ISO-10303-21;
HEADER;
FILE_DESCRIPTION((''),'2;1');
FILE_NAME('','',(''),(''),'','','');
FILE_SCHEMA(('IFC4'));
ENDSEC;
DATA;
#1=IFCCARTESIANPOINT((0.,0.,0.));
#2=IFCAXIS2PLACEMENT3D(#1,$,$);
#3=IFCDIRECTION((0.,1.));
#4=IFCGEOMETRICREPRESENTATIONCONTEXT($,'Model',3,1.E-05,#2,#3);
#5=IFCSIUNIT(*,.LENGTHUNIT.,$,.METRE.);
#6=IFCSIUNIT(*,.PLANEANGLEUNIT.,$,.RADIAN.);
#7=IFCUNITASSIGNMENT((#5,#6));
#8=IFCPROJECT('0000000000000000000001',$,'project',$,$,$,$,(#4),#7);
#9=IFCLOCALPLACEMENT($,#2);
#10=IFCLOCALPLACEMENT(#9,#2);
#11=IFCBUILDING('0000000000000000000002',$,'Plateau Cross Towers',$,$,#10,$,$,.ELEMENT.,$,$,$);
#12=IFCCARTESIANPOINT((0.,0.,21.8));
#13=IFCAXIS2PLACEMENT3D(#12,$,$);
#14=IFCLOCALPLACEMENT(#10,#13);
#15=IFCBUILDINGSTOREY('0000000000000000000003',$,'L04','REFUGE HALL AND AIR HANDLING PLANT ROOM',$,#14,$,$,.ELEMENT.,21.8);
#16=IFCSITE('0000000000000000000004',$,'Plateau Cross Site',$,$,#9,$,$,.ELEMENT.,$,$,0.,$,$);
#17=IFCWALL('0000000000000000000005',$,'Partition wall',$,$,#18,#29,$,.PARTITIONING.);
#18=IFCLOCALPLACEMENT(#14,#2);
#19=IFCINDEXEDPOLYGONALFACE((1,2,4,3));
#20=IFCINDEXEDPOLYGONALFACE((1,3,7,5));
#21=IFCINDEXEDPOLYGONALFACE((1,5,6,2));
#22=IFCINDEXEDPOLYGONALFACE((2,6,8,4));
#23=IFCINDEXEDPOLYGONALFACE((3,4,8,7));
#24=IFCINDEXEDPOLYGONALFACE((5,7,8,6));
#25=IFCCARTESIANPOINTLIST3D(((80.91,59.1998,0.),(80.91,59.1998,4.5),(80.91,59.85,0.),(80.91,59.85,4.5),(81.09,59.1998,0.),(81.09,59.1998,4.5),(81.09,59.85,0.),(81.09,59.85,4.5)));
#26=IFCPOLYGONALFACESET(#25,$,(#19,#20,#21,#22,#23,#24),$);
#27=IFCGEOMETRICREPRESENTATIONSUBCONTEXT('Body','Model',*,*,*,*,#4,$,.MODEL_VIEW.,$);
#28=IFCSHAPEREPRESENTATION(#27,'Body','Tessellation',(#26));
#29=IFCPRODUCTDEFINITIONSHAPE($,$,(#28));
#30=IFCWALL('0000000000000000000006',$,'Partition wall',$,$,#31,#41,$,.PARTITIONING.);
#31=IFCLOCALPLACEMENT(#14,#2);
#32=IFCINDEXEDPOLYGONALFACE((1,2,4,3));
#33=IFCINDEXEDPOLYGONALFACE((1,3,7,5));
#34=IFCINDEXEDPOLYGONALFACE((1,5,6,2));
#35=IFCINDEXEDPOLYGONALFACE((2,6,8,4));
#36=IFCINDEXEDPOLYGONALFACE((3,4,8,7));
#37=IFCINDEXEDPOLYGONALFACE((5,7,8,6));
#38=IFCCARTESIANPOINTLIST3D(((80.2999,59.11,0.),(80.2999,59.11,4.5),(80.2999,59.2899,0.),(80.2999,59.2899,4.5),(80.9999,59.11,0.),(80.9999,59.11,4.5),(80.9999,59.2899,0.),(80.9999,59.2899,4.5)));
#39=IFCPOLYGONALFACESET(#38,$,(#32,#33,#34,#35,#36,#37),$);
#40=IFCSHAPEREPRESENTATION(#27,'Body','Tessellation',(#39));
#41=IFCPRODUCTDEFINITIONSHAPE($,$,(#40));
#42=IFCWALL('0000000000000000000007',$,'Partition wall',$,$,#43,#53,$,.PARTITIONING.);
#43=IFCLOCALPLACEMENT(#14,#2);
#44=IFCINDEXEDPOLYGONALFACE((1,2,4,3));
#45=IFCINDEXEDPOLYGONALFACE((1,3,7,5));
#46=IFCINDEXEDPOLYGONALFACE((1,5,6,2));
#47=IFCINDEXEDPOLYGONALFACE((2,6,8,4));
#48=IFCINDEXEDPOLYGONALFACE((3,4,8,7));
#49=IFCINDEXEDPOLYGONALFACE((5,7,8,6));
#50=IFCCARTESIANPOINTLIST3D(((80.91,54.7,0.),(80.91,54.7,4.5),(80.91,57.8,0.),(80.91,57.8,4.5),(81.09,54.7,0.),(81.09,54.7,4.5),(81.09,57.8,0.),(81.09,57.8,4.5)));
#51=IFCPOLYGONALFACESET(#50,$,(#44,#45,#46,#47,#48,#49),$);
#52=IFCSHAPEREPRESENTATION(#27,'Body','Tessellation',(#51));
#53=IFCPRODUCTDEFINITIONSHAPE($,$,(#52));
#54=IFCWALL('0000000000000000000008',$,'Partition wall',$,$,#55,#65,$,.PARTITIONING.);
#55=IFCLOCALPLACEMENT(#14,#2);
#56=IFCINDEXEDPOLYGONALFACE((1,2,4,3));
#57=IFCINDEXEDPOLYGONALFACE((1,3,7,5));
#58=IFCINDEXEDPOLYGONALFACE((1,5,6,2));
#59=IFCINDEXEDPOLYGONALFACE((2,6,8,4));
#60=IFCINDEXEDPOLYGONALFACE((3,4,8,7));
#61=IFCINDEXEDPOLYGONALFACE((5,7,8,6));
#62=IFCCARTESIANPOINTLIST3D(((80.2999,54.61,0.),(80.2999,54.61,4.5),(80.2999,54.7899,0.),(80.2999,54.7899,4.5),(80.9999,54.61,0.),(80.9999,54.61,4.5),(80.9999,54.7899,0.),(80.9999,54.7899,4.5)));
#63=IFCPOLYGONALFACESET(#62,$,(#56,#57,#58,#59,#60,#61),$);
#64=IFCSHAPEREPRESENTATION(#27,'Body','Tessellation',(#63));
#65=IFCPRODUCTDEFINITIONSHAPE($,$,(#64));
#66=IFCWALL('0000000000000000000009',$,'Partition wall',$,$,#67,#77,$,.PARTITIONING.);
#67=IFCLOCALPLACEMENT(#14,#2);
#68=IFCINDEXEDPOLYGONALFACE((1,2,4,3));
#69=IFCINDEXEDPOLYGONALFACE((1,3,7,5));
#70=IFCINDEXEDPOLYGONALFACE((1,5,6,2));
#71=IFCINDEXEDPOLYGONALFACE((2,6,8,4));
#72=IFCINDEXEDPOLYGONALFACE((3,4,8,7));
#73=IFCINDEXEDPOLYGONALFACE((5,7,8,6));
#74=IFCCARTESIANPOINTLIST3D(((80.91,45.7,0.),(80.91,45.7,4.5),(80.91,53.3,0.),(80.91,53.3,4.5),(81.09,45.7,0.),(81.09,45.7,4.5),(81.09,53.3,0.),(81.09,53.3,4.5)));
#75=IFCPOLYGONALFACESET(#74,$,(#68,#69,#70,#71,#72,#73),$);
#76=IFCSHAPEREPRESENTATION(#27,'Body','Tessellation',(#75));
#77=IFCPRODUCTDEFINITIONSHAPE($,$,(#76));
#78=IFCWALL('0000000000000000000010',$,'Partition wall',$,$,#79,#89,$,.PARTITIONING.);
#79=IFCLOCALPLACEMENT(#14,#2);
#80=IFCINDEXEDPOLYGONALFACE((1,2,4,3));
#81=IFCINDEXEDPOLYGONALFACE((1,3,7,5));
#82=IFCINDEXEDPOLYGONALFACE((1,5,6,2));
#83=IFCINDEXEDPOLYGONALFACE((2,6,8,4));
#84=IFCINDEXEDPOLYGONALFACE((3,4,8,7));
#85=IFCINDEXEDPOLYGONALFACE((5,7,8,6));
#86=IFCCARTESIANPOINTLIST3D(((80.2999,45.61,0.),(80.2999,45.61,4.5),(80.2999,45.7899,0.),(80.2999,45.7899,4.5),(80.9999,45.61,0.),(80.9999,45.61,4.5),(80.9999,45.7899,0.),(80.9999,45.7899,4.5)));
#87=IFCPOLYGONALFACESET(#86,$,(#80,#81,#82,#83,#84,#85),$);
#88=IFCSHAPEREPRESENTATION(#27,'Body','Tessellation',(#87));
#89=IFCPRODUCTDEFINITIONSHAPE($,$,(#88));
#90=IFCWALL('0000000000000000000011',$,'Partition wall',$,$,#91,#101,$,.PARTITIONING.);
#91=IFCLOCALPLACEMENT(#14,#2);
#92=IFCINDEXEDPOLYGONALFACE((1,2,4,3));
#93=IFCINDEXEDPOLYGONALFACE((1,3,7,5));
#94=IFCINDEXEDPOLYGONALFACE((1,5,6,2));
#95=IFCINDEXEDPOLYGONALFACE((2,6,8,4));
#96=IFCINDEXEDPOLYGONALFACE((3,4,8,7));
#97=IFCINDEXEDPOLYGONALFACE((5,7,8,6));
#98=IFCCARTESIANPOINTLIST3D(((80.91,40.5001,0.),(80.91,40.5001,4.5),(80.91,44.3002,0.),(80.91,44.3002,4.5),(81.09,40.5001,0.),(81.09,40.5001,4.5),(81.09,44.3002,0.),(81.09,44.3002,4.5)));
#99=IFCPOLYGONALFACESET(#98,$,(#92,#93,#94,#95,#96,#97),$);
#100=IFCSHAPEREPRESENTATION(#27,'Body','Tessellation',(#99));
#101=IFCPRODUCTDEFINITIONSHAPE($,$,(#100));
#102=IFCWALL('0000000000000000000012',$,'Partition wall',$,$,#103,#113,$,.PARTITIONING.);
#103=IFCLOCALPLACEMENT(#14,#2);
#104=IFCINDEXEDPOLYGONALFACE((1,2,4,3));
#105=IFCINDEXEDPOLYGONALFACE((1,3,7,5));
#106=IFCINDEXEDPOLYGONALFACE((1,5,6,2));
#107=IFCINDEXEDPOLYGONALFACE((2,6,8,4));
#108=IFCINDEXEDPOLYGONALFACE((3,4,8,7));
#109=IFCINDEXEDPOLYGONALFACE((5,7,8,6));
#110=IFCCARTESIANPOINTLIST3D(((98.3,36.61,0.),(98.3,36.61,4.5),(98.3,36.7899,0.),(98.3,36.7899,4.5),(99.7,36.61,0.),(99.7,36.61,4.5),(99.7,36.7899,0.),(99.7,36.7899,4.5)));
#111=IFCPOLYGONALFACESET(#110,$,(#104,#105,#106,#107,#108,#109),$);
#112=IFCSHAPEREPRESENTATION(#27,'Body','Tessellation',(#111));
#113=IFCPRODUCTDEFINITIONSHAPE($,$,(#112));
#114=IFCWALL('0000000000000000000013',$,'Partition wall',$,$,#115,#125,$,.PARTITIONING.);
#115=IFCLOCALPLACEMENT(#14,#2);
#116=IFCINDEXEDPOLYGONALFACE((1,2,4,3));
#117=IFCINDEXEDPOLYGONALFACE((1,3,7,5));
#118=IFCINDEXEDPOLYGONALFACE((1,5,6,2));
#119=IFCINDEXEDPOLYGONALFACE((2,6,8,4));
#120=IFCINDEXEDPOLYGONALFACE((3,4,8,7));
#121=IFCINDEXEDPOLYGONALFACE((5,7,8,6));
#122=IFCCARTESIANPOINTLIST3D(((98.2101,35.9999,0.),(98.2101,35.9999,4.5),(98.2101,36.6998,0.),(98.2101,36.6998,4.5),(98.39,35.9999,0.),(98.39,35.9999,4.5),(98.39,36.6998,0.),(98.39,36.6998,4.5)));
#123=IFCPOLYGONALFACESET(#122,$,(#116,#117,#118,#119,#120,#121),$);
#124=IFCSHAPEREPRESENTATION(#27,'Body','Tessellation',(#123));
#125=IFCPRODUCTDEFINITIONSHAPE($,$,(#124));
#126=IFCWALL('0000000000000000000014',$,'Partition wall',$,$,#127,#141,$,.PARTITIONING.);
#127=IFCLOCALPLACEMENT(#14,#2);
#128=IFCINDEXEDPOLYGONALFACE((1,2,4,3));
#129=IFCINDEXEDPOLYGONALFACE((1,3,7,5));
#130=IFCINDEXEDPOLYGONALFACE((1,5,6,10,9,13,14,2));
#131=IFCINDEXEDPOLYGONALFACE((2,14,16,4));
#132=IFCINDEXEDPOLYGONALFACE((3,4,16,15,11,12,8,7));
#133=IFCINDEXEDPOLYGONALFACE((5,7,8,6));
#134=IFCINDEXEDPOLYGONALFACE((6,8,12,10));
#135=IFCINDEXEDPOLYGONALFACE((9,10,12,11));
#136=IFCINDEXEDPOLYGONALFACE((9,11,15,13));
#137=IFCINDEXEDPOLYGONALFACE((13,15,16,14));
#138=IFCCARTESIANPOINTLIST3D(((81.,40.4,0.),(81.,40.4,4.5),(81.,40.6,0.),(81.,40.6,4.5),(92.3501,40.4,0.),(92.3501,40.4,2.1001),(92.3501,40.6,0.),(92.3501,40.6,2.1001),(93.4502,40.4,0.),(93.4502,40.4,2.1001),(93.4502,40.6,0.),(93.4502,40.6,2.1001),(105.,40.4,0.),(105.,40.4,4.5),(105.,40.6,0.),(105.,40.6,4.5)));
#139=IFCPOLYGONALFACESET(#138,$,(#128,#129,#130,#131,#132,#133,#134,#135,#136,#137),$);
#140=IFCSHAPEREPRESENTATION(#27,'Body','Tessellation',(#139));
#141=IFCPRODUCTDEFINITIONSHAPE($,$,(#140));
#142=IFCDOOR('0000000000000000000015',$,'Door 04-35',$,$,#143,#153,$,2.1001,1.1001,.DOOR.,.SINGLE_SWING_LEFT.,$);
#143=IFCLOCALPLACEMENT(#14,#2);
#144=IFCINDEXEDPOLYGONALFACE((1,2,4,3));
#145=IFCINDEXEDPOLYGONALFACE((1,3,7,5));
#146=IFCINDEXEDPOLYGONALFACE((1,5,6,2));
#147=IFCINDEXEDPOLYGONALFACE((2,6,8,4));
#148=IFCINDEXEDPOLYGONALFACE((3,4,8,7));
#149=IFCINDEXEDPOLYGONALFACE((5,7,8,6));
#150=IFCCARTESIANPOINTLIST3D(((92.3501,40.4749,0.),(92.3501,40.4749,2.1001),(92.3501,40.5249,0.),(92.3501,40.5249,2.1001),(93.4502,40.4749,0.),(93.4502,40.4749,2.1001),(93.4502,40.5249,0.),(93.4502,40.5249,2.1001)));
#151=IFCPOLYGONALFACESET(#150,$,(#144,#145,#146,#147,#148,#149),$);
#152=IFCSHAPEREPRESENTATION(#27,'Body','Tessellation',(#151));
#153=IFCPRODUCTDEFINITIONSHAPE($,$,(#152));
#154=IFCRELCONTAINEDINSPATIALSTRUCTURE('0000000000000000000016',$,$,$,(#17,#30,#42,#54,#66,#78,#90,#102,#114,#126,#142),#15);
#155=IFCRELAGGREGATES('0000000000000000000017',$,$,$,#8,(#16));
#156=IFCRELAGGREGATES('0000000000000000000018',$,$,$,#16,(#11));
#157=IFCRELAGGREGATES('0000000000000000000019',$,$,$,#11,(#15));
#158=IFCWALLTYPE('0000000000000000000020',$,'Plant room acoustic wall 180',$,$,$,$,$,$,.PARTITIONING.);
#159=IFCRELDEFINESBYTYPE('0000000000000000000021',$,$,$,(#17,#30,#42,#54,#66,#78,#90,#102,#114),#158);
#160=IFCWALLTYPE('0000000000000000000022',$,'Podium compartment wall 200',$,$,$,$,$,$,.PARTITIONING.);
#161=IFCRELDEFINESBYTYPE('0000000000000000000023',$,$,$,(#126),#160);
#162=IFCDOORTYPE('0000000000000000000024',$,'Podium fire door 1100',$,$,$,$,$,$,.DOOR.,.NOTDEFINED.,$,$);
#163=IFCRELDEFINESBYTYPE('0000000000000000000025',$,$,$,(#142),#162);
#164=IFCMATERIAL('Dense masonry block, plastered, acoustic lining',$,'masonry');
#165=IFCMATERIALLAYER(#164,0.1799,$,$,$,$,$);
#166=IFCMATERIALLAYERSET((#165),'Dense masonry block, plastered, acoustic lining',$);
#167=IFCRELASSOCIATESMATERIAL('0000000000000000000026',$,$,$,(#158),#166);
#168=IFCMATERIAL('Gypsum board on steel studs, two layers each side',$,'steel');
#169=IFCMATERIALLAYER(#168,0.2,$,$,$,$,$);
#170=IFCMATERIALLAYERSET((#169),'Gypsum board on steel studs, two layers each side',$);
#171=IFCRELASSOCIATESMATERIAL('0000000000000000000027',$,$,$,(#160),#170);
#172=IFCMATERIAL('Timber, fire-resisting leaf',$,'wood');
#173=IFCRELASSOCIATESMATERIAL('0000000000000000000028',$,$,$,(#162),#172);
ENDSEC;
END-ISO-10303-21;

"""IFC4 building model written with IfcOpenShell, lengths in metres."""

from ifc_helpers import new_model, si_unit, direction, frame, frame_2d, origin, place, context, subcontext, project, spatial, rectangle, extrude, material, layer, layer_set, type_object, element, fill, save


model = new_model("IFC4")

# Units and contexts
model_context = context("Model", 3, precision=1e-05, world=origin(), true_north=direction((0.0, 1.0)))
body_context = subcontext(model_context, "Body", "Model", "MODEL_VIEW")
ifc_project = project(units=[si_unit("LENGTHUNIT", "METRE"), si_unit("PLANEANGLEUNIT", "RADIAN")], contexts=[model_context])

# Site, building, storey
site_placement = place(None, origin())
site = spatial("IfcSite", under=ifc_project, at=site_placement, Name="Plateau Cross Site", CompositionType="ELEMENT", RefElevation=0.0)
building_placement = place(site_placement, origin())
building = spatial("IfcBuilding", under=site, at=building_placement, Name="Plateau Cross Towers", CompositionType="ELEMENT")
storey_placement = place(building_placement, frame((0.0, 0.0, 21.8)))
storey = spatial("IfcBuildingStorey", under=building, at=storey_placement, Name="L04", Description="REFUGE HALL AND AIR HANDLING PLANT ROOM", CompositionType="ELEMENT", Elevation=21.8)

# Walls
ifc_material_1 = material(Name="Dense masonry block, plastered, acoustic lining", Category="masonry")
ifc_layer_1 = layer(ifc_material_1, 0.1799)
ifc_layer_set_1 = layer_set([ifc_layer_1], Name="Dense masonry block, plastered, acoustic lining")
wall_type_1 = type_object("IfcWallType", Name="Plant room acoustic wall 180", PredefinedType="PARTITIONING", material=ifc_layer_set_1)
wall_1_placement = place(storey_placement, frame((81.0, 59.8501, 0.0), z_axis=(0.0, 0.0, 1.0), x_axis=(0.0, -1.0, 0.0)))
element("IfcWall", 1, at=wall_1_placement, inside=storey, type_object=wall_type_1, Name="Partition wall", PredefinedType="PARTITIONING", context=body_context, shape_type="SweptSolid", body=[
    extrude(rectangle(XDim=0.6501, YDim=0.1799, at=frame_2d((0.3252, 0.0))), origin(), (0.0, 0.0, 1.0), 4.5),
])
wall_2_placement = place(storey_placement, frame((81.0, 59.2, 0.0), z_axis=(0.0, 0.0, 1.0), x_axis=(-1.0, 0.0, 0.0)))
element("IfcWall", 2, at=wall_2_placement, inside=storey, type_object=wall_type_1, Name="Partition wall", PredefinedType="PARTITIONING", context=body_context, shape_type="SweptSolid", body=[
    extrude(rectangle(XDim=0.7, YDim=0.1799, at=frame_2d((0.3501, 0.0))), origin(), (0.0, 0.0, 1.0), 4.5),
])
wall_3_placement = place(storey_placement, frame((81.0, 57.8, 0.0), z_axis=(0.0, 0.0, 1.0), x_axis=(0.0, -1.0, 0.0)))
element("IfcWall", 3, at=wall_3_placement, inside=storey, type_object=wall_type_1, Name="Partition wall", PredefinedType="PARTITIONING", context=body_context, shape_type="SweptSolid", body=[
    extrude(rectangle(XDim=3.1001, YDim=0.1799, at=frame_2d((1.55, 0.0))), origin(), (0.0, 0.0, 1.0), 4.5),
])
wall_4_placement = place(storey_placement, frame((81.0, 54.7, 0.0), z_axis=(0.0, 0.0, 1.0), x_axis=(-1.0, 0.0, 0.0)))
element("IfcWall", 4, at=wall_4_placement, inside=storey, type_object=wall_type_1, Name="Partition wall", PredefinedType="PARTITIONING", context=body_context, shape_type="SweptSolid", body=[
    extrude(rectangle(XDim=0.7, YDim=0.1799, at=frame_2d((0.3501, 0.0))), origin(), (0.0, 0.0, 1.0), 4.5),
])
wall_5_placement = place(storey_placement, frame((81.0, 53.3, 0.0), z_axis=(0.0, 0.0, 1.0), x_axis=(0.0, -1.0, 0.0)))
element("IfcWall", 5, at=wall_5_placement, inside=storey, type_object=wall_type_1, Name="Partition wall", PredefinedType="PARTITIONING", context=body_context, shape_type="SweptSolid", body=[
    extrude(rectangle(XDim=7.6001, YDim=0.1799, at=frame_2d((3.8, 0.0))), origin(), (0.0, 0.0, 1.0), 4.5),
])
wall_6_placement = place(storey_placement, frame((81.0, 45.7, 0.0), z_axis=(0.0, 0.0, 1.0), x_axis=(-1.0, 0.0, 0.0)))
element("IfcWall", 6, at=wall_6_placement, inside=storey, type_object=wall_type_1, Name="Partition wall", PredefinedType="PARTITIONING", context=body_context, shape_type="SweptSolid", body=[
    extrude(rectangle(XDim=0.7, YDim=0.1799, at=frame_2d((0.3501, 0.0))), origin(), (0.0, 0.0, 1.0), 4.5),
])
wall_7_placement = place(storey_placement, frame((81.0, 44.3, 0.0), z_axis=(0.0, 0.0, 1.0), x_axis=(0.0, -1.0, 0.0)))
element("IfcWall", 7, at=wall_7_placement, inside=storey, type_object=wall_type_1, Name="Partition wall", PredefinedType="PARTITIONING", context=body_context, shape_type="SweptSolid", body=[
    extrude(rectangle(XDim=3.8, YDim=0.1799, at=frame_2d((1.8999, 0.0))), origin(), (0.0, 0.0, 1.0), 4.5),
])
wall_8_placement = place(storey_placement, frame((99.7, 36.7, 0.0), z_axis=(0.0, 0.0, 1.0), x_axis=(-1.0, 0.0, 0.0)))
element("IfcWall", 8, at=wall_8_placement, inside=storey, type_object=wall_type_1, Name="Partition wall", PredefinedType="PARTITIONING", context=body_context, shape_type="SweptSolid", body=[
    extrude(rectangle(XDim=1.3999, YDim=0.1799, at=frame_2d((0.7, 0.0))), origin(), (0.0, 0.0, 1.0), 4.5),
])
wall_9_placement = place(storey_placement, frame((98.3, 36.7, 0.0), z_axis=(0.0, 0.0, 1.0), x_axis=(0.0, -1.0, 0.0)))
element("IfcWall", 9, at=wall_9_placement, inside=storey, type_object=wall_type_1, Name="Partition wall", PredefinedType="PARTITIONING", context=body_context, shape_type="SweptSolid", body=[
    extrude(rectangle(XDim=0.7, YDim=0.1799, at=frame_2d((0.3501, 0.0))), origin(), (0.0, 0.0, 1.0), 4.5),
])

# Wall, opening, door
ifc_material_2 = material(Name="Gypsum board on steel studs, two layers each side", Category="steel")
ifc_layer_2 = layer(ifc_material_2, 0.2)
ifc_layer_set_2 = layer_set([ifc_layer_2], Name="Gypsum board on steel studs, two layers each side")
wall_type_2 = type_object("IfcWallType", Name="Podium compartment wall 200", PredefinedType="PARTITIONING", material=ifc_layer_set_2)
wall_10_placement = place(storey_placement, frame((81.0, 40.5, 0.0), z_axis=(0.0, 0.0, 1.0), x_axis=(1.0, 0.0, 0.0)))
wall_10 = element("IfcWall", 10, at=wall_10_placement, inside=storey, type_object=wall_type_2, Name="Partition wall", PredefinedType="PARTITIONING", context=body_context, shape_type="SweptSolid", body=[
    extrude(rectangle(XDim=24.0, YDim=0.2, at=frame_2d((12.0, 0.0))), origin(), (0.0, 0.0, 1.0), 4.5),
])
opening_placement = place(wall_10_placement, frame((11.3501, 0.0, 0.0)))
opening = element("IfcOpeningElement", 11, at=opening_placement, cuts=wall_10, PredefinedType="OPENING", context=body_context, shape_type="SweptSolid", body=[
    extrude(rectangle(XDim=1.1001, YDim=2.1001, at=frame_2d((0.55, 1.05))), frame((0.0, 0.1099, 0.0), z_axis=(0.0, -1.0, 0.0), x_axis=(1.0, 0.0, 0.0)), (0.0, 0.0, 1.0), 0.22),
])
ifc_material_3 = material(Name="Timber, fire-resisting leaf", Category="wood")
door_type = type_object("IfcDoorType", Name="Podium fire door 1100", OperationType="NOTDEFINED", PredefinedType="DOOR", material=ifc_material_3)
door_placement = place(opening_placement, origin())
door = element("IfcDoor", 12, at=door_placement, inside=storey, type_object=door_type, Name="Door 04-35", OperationType="SINGLE_SWING_LEFT", OverallHeight=2.1001, OverallWidth=1.1001, PredefinedType="DOOR", context=body_context, shape_type="SweptSolid", body=[
    extrude(rectangle(XDim=1.1001, YDim=2.1001, at=frame_2d((0.55, 1.05))), frame((0.0, 0.0249, 0.0), z_axis=(0.0, -1.0, 0.0), x_axis=(1.0, 0.0, 0.0)), (0.0, 0.0, 1.0), 0.05),
])
fill(opening, door)

save(model, "model.ifc")
